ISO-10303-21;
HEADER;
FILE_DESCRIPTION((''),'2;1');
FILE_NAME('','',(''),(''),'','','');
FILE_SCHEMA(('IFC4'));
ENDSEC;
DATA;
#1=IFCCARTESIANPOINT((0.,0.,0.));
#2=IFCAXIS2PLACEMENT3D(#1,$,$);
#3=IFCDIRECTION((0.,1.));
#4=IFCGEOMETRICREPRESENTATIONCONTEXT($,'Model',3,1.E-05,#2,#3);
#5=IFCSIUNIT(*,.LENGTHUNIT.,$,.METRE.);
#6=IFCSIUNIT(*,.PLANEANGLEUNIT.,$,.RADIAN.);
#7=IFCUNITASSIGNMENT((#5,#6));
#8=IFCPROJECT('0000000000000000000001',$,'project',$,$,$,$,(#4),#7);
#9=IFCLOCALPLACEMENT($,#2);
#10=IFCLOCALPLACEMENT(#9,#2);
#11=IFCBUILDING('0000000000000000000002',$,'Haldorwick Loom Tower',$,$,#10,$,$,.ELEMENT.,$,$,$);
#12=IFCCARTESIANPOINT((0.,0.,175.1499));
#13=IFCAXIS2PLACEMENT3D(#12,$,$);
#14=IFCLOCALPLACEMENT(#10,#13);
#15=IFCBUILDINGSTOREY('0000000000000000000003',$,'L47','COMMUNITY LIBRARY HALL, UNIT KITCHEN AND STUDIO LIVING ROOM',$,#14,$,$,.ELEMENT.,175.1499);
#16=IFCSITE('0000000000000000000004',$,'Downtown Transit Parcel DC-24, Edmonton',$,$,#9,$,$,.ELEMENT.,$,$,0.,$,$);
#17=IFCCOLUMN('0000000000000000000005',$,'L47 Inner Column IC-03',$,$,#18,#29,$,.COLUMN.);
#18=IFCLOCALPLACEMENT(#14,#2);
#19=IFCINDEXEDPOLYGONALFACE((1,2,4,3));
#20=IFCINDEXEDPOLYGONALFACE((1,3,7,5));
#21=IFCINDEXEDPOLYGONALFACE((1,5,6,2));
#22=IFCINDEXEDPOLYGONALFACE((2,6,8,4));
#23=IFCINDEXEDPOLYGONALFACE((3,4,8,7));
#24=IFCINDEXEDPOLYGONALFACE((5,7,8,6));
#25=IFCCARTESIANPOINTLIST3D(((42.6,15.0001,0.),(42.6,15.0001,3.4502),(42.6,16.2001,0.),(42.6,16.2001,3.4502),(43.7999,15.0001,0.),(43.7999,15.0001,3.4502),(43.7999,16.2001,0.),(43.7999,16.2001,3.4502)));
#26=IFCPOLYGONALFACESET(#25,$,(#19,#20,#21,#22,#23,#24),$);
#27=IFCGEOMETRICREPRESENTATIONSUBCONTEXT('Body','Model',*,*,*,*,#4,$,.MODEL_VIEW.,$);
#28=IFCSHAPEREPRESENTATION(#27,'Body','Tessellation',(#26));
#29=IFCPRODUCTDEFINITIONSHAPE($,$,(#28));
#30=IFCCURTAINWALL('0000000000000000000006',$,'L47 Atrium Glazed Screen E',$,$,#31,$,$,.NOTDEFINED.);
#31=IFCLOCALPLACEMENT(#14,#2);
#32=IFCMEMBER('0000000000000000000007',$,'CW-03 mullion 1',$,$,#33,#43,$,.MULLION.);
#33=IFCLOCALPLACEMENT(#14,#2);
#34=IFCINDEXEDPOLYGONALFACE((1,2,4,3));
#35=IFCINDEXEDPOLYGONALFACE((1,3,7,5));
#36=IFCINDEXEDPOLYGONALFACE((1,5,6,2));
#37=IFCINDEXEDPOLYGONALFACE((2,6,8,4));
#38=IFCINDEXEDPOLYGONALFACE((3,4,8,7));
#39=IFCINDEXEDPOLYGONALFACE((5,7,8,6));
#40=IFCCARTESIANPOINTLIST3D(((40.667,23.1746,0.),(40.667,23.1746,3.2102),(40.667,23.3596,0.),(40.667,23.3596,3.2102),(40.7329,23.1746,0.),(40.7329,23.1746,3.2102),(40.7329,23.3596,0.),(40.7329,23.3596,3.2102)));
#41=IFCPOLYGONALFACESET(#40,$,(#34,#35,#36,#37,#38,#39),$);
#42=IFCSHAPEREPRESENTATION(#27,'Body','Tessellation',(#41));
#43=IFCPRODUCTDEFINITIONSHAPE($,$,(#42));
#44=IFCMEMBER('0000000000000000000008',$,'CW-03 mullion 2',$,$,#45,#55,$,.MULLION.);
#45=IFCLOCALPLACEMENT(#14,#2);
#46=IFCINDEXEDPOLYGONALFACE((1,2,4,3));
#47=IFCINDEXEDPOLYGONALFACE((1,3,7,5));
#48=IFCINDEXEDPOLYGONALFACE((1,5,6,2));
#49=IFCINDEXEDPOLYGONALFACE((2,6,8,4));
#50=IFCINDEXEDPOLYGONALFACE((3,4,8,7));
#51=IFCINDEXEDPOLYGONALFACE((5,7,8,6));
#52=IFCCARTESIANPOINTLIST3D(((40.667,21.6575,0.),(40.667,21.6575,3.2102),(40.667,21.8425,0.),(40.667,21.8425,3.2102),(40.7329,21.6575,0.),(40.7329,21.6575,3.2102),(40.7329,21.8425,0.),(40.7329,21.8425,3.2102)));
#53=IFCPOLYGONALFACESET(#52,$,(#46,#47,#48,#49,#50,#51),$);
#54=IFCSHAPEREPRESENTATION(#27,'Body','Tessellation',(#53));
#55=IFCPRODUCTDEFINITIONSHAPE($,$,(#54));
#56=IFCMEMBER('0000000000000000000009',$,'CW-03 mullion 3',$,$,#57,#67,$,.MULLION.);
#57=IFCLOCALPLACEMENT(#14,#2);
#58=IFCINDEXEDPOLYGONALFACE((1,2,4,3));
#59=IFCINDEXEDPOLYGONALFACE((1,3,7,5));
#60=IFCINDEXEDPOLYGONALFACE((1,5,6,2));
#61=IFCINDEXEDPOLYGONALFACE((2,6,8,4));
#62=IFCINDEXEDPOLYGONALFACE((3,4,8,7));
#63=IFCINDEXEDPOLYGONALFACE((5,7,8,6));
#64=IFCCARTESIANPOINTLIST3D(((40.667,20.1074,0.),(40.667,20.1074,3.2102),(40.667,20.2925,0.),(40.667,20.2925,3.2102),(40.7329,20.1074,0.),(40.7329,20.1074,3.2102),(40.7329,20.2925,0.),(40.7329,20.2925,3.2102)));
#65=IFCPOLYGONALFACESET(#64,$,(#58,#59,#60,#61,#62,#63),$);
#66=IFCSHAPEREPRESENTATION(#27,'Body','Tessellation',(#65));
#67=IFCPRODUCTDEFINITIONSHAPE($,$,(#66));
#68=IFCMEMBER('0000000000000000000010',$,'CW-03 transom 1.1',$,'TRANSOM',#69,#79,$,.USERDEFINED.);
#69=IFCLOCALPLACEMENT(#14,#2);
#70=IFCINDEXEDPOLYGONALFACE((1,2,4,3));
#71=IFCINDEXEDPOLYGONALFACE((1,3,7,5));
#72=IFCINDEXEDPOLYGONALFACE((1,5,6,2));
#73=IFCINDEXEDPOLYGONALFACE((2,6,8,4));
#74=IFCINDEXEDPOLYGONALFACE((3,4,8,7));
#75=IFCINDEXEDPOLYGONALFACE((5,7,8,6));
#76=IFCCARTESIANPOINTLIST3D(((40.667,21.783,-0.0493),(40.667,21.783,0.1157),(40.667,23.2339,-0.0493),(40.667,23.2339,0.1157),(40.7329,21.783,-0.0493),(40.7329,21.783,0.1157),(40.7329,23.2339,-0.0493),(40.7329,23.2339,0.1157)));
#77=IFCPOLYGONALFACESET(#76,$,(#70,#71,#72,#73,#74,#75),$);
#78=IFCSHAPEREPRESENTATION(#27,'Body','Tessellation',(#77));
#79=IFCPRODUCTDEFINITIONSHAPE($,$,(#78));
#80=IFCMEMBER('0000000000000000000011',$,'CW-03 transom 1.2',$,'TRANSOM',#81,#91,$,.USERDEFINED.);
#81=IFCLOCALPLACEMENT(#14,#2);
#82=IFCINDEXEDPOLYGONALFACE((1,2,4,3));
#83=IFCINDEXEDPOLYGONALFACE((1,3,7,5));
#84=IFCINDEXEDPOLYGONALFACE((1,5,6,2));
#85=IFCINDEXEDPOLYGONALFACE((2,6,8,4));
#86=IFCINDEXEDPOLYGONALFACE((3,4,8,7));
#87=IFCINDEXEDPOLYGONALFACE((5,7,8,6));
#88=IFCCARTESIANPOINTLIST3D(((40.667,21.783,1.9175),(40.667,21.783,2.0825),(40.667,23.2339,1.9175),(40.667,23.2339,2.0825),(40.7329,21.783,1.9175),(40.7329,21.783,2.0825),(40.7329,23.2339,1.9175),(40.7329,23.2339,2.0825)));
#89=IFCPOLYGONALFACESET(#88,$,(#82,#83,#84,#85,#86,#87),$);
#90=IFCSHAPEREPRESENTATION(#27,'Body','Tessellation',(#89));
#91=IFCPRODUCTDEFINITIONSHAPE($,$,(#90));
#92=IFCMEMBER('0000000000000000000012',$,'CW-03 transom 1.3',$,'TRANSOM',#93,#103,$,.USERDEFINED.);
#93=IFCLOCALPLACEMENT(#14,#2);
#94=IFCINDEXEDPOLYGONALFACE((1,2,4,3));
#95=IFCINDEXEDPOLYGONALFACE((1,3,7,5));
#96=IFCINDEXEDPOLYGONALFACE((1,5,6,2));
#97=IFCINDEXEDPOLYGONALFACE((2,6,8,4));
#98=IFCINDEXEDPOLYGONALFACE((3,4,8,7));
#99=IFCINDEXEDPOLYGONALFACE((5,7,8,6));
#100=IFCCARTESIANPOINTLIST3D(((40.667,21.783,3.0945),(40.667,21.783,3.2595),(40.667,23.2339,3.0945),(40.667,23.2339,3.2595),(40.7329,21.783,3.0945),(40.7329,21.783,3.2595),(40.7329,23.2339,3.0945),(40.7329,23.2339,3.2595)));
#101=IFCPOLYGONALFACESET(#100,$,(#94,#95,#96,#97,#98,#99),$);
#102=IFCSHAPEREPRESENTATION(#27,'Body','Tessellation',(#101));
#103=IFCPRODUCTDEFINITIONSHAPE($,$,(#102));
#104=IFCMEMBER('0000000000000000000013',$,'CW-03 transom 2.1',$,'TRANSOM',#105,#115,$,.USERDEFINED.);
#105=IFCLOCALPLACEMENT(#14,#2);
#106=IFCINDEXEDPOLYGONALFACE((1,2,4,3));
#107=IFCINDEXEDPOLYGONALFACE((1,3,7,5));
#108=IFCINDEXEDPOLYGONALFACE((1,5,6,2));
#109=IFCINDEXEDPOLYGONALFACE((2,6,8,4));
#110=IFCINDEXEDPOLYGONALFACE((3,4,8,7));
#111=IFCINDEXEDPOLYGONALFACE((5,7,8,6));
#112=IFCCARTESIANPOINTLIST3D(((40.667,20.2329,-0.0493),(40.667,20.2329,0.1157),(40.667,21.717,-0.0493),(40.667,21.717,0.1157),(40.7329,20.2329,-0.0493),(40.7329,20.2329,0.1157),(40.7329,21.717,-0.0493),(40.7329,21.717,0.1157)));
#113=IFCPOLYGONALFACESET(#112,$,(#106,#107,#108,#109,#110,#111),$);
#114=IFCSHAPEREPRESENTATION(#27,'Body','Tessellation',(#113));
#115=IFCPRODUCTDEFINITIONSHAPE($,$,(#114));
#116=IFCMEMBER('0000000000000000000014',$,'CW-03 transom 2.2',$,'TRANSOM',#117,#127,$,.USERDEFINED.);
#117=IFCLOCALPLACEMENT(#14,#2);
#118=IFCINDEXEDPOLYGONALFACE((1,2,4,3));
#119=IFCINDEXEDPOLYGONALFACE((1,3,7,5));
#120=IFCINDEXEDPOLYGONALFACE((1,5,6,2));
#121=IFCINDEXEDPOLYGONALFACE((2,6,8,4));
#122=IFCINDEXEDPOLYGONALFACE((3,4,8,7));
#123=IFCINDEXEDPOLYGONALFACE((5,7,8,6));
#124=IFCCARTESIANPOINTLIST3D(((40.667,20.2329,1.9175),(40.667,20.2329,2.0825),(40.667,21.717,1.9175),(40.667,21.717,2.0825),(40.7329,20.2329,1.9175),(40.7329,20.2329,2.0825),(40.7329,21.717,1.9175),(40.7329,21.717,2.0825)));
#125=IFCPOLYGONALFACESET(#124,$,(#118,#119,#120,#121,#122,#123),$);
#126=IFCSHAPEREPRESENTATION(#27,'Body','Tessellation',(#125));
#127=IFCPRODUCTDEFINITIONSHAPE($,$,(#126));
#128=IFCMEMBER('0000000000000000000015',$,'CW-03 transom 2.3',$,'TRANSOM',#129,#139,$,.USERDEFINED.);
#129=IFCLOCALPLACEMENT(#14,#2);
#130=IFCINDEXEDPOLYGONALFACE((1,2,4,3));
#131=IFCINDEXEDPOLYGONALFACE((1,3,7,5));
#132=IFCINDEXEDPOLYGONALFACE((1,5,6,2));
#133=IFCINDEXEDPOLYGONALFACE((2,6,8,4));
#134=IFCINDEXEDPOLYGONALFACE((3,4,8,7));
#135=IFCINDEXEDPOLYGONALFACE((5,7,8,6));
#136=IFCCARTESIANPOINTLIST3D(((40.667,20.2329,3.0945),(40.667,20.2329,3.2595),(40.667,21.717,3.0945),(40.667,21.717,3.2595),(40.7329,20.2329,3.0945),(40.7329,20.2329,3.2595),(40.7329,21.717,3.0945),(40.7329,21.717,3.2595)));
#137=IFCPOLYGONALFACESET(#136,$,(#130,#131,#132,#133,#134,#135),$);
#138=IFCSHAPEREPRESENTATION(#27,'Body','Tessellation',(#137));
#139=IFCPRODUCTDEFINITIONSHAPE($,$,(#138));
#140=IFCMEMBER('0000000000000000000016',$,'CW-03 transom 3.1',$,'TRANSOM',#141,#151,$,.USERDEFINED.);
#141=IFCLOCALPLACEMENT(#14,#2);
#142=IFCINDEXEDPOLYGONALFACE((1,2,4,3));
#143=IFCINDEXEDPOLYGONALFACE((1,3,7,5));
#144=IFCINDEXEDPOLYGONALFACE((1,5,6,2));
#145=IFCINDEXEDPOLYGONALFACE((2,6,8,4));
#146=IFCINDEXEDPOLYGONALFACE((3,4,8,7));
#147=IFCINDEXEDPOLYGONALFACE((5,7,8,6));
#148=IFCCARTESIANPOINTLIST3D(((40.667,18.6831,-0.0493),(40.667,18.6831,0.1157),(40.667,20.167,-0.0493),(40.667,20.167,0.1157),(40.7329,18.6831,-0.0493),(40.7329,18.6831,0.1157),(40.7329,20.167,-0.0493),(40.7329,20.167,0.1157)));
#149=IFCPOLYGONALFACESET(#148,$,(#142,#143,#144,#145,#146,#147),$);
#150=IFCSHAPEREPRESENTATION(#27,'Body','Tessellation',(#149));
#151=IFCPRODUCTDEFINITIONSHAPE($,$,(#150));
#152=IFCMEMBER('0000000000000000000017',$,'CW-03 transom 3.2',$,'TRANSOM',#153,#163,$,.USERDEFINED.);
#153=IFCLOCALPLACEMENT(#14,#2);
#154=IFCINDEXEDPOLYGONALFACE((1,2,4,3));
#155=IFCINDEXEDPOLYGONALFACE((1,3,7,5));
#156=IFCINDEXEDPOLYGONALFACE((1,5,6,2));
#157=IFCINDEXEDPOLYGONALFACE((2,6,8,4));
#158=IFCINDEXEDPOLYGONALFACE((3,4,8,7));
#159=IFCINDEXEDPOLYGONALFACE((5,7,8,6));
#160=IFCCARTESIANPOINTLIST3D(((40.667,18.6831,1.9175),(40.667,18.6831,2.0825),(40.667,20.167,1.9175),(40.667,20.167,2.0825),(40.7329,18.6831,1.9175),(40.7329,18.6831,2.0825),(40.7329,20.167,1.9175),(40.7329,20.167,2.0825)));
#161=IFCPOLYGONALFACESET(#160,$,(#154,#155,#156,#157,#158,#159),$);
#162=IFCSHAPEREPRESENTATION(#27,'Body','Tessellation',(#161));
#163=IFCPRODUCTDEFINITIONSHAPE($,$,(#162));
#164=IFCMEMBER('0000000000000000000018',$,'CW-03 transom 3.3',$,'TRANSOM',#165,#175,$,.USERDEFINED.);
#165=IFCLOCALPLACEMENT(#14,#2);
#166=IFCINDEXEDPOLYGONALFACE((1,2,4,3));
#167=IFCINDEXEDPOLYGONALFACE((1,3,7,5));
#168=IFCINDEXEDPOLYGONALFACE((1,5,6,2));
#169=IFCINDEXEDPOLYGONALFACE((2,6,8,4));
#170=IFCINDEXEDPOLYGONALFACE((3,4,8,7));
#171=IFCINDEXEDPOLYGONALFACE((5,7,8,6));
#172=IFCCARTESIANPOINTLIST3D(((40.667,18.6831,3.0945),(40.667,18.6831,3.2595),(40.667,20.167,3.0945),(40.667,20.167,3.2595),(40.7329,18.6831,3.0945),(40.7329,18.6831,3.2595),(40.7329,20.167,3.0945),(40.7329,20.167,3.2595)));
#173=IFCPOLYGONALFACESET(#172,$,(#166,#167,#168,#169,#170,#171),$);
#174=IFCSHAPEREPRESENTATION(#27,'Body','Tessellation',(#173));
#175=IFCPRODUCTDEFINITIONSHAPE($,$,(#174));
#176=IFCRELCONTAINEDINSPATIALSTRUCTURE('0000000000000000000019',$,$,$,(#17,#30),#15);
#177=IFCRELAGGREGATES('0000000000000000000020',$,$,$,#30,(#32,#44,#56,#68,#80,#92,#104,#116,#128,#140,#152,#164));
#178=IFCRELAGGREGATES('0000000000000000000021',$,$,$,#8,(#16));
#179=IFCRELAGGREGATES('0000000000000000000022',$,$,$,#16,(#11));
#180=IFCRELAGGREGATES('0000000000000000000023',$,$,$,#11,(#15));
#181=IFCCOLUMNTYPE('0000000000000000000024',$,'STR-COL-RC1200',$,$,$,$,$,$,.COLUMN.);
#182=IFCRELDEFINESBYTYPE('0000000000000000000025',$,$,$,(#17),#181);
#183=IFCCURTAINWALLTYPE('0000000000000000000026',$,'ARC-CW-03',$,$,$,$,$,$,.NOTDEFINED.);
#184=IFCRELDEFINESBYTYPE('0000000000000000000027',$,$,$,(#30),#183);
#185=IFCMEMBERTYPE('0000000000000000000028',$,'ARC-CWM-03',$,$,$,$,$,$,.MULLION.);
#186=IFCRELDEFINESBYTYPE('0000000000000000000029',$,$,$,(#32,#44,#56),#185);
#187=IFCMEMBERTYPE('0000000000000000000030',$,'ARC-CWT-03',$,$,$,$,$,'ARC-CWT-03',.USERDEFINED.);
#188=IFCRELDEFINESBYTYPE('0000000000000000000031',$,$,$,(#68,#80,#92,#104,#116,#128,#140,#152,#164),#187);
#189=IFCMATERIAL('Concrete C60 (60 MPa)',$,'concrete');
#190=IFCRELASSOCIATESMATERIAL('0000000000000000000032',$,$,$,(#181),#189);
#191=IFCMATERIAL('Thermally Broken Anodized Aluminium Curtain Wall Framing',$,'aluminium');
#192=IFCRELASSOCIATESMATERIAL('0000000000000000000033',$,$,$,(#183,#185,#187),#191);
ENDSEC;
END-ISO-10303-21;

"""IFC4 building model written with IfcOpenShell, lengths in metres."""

from ifc_helpers import new_model, si_unit, direction, frame, origin, origin_2d, place, context, subcontext, project, spatial, rectangle, extrude, material, material_profile, profile_set, type_object, element, aggregate, save


model = new_model("IFC4")

# Units and contexts
model_context = context("Model", 3, precision=1e-05, world=origin(), true_north=direction((0.0, 1.0)))
body_context = subcontext(model_context, "Body", "Model", "MODEL_VIEW")
ifc_project = project(units=[si_unit("LENGTHUNIT", "METRE"), si_unit("PLANEANGLEUNIT", "RADIAN")], contexts=[model_context])

# Site, building, storey
site_placement = place(None, origin())
site = spatial("IfcSite", under=ifc_project, at=site_placement, Name="Downtown Transit Parcel DC-24, Edmonton", CompositionType="ELEMENT", RefElevation=0.0)
building_placement = place(site_placement, origin())
building = spatial("IfcBuilding", under=site, at=building_placement, Name="Haldorwick Loom Tower", CompositionType="ELEMENT")
storey_placement = place(building_placement, frame((0.0, 0.0, 175.1499)))
storey = spatial("IfcBuildingStorey", under=building, at=storey_placement, Name="L47", Description="COMMUNITY LIBRARY HALL, UNIT KITCHEN AND STUDIO LIVING ROOM", CompositionType="ELEMENT", Elevation=175.1499)

# Column
ifc_material_1 = material(Name="Concrete C60 (60 MPa)", Category="concrete")
ifc_material_profile_1 = material_profile(ifc_material_1, rectangle(XDim=1.2, YDim=1.2, at=origin_2d()), Name="RC1200X1200", Category="concrete")
ifc_profile_set_1 = profile_set([ifc_material_profile_1], Name="Concrete C60 (60 MPa)")
column_type = type_object("IfcColumnType", Name="STR-COL-RC1200", PredefinedType="COLUMN", material=ifc_profile_set_1)
column_placement = place(storey_placement, frame((43.2, 15.6001, 0.0), z_axis=(0.0, 0.0, 1.0), x_axis=(1.0, 0.0, 0.0)))
element("IfcColumn", 1, at=column_placement, inside=storey, type_object=column_type, Name="L47 Inner Column IC-03", PredefinedType="COLUMN", context=body_context, shape_type="SweptSolid", body=[
    extrude(rectangle(XDim=1.2, YDim=1.2, at=origin_2d()), origin(), (0.0, 0.0, 1.0), 3.4502),
])

# Curtain wall, members
ifc_material_2 = material(Name="Thermally Broken Anodized Aluminium Curtain Wall Framing", Category="aluminium")
curtain_wall_type = type_object("IfcCurtainWallType", Name="ARC-CW-03", PredefinedType="NOTDEFINED", material=ifc_material_2)
curtain_wall_placement = place(storey_placement, origin())
curtain_wall = element("IfcCurtainWall", 2, at=curtain_wall_placement, inside=storey, type_object=curtain_wall_type, Name="L47 Atrium Glazed Screen E", PredefinedType="NOTDEFINED")
ifc_material_profile_2 = material_profile(ifc_material_2, rectangle(XDim=0.0659, YDim=0.1851, at=origin_2d()), Name="ALU_MUL_66X185", Category="aluminium")
ifc_profile_set_2 = profile_set([ifc_material_profile_2], Name="Thermally Broken Anodized Aluminium Curtain Wall Framing")
member_type_1 = type_object("IfcMemberType", Name="ARC-CWM-03", PredefinedType="MULLION", material=ifc_profile_set_2)
member_1_placement = place(storey_placement, frame((40.7, 23.2671, 0.0), z_axis=(0.0, 0.0, 1.0), x_axis=(1.0, 0.0, 0.0)))
member_1 = element("IfcMember", 3, at=member_1_placement, type_object=member_type_1, Name="CW-03 mullion 1", PredefinedType="MULLION", context=body_context, shape_type="SweptSolid", body=[
    extrude(rectangle(XDim=0.0659, YDim=0.1851, at=origin_2d()), origin(), (0.0, 0.0, 1.0), 3.2102),
])
member_2_placement = place(storey_placement, frame((40.7, 21.75, 0.0), z_axis=(0.0, 0.0, 1.0), x_axis=(1.0, 0.0, 0.0)))
member_2 = element("IfcMember", 4, at=member_2_placement, type_object=member_type_1, Name="CW-03 mullion 2", PredefinedType="MULLION", context=body_context, shape_type="SweptSolid", body=[
    extrude(rectangle(XDim=0.0659, YDim=0.1851, at=origin_2d()), origin(), (0.0, 0.0, 1.0), 3.2102),
])
member_3_placement = place(storey_placement, frame((40.7, 20.2, 0.0), z_axis=(0.0, 0.0, 1.0), x_axis=(1.0, 0.0, 0.0)))
member_3 = element("IfcMember", 5, at=member_3_placement, type_object=member_type_1, Name="CW-03 mullion 3", PredefinedType="MULLION", context=body_context, shape_type="SweptSolid", body=[
    extrude(rectangle(XDim=0.0659, YDim=0.1851, at=origin_2d()), origin(), (0.0, 0.0, 1.0), 3.2102),
])
ifc_material_profile_3 = material_profile(ifc_material_2, rectangle(XDim=0.0659, YDim=0.165, at=origin_2d()), Name="ALU_TRN_66X165", Category="aluminium")
ifc_profile_set_3 = profile_set([ifc_material_profile_3], Name="Thermally Broken Anodized Aluminium Curtain Wall Framing")
member_type_2 = type_object("IfcMemberType", Name="ARC-CWT-03", ElementType="ARC-CWT-03", PredefinedType="USERDEFINED", material=ifc_profile_set_3)
member_4_placement = place(storey_placement, frame((40.7, 23.2339, 0.0332), z_axis=(0.0, -1.0, 0.0), x_axis=(1.0, 0.0, 0.0)))
member_4 = element("IfcMember", 6, at=member_4_placement, type_object=member_type_2, Name="CW-03 transom 1.1", ObjectType="TRANSOM", PredefinedType="USERDEFINED", context=body_context, shape_type="SweptSolid", body=[
    extrude(rectangle(XDim=0.0659, YDim=0.165, at=origin_2d()), origin(), (0.0, 0.0, 1.0), 1.4509),
])
member_5_placement = place(storey_placement, frame((40.7, 23.2339, 2.0), z_axis=(0.0, -1.0, 0.0), x_axis=(1.0, 0.0, 0.0)))
member_5 = element("IfcMember", 7, at=member_5_placement, type_object=member_type_2, Name="CW-03 transom 1.2", ObjectType="TRANSOM", PredefinedType="USERDEFINED", context=body_context, shape_type="SweptSolid", body=[
    extrude(rectangle(XDim=0.0659, YDim=0.165, at=origin_2d()), origin(), (0.0, 0.0, 1.0), 1.4509),
])
member_6_placement = place(storey_placement, frame((40.7, 23.2339, 3.177), z_axis=(0.0, -1.0, 0.0), x_axis=(1.0, 0.0, 0.0)))
member_6 = element("IfcMember", 8, at=member_6_placement, type_object=member_type_2, Name="CW-03 transom 1.3", ObjectType="TRANSOM", PredefinedType="USERDEFINED", context=body_context, shape_type="SweptSolid", body=[
    extrude(rectangle(XDim=0.0659, YDim=0.165, at=origin_2d()), origin(), (0.0, 0.0, 1.0), 1.4509),
])
member_7_placement = place(storey_placement, frame((40.7, 21.717, 0.0332), z_axis=(0.0, -1.0, 0.0), x_axis=(1.0, 0.0, 0.0)))
member_7 = element("IfcMember", 9, at=member_7_placement, type_object=member_type_2, Name="CW-03 transom 2.1", ObjectType="TRANSOM", PredefinedType="USERDEFINED", context=body_context, shape_type="SweptSolid", body=[
    extrude(rectangle(XDim=0.0659, YDim=0.165, at=origin_2d()), origin(), (0.0, 0.0, 1.0), 1.4841),
])
member_8_placement = place(storey_placement, frame((40.7, 21.717, 2.0), z_axis=(0.0, -1.0, 0.0), x_axis=(1.0, 0.0, 0.0)))
member_8 = element("IfcMember", 10, at=member_8_placement, type_object=member_type_2, Name="CW-03 transom 2.2", ObjectType="TRANSOM", PredefinedType="USERDEFINED", context=body_context, shape_type="SweptSolid", body=[
    extrude(rectangle(XDim=0.0659, YDim=0.165, at=origin_2d()), origin(), (0.0, 0.0, 1.0), 1.4841),
])
member_9_placement = place(storey_placement, frame((40.7, 21.717, 3.177), z_axis=(0.0, -1.0, 0.0), x_axis=(1.0, 0.0, 0.0)))
member_9 = element("IfcMember", 11, at=member_9_placement, type_object=member_type_2, Name="CW-03 transom 2.3", ObjectType="TRANSOM", PredefinedType="USERDEFINED", context=body_context, shape_type="SweptSolid", body=[
    extrude(rectangle(XDim=0.0659, YDim=0.165, at=origin_2d()), origin(), (0.0, 0.0, 1.0), 1.4841),
])
member_10_placement = place(storey_placement, frame((40.7, 20.167, 0.0332), z_axis=(0.0, -1.0, 0.0), x_axis=(1.0, 0.0, 0.0)))
member_10 = element("IfcMember", 12, at=member_10_placement, type_object=member_type_2, Name="CW-03 transom 3.1", ObjectType="TRANSOM", PredefinedType="USERDEFINED", context=body_context, shape_type="SweptSolid", body=[
    extrude(rectangle(XDim=0.0659, YDim=0.165, at=origin_2d()), origin(), (0.0, 0.0, 1.0), 1.4839),
])
member_11_placement = place(storey_placement, frame((40.7, 20.167, 2.0), z_axis=(0.0, -1.0, 0.0), x_axis=(1.0, 0.0, 0.0)))
member_11 = element("IfcMember", 13, at=member_11_placement, type_object=member_type_2, Name="CW-03 transom 3.2", ObjectType="TRANSOM", PredefinedType="USERDEFINED", context=body_context, shape_type="SweptSolid", body=[
    extrude(rectangle(XDim=0.0659, YDim=0.165, at=origin_2d()), origin(), (0.0, 0.0, 1.0), 1.4839),
])
member_12_placement = place(storey_placement, frame((40.7, 20.167, 3.177), z_axis=(0.0, -1.0, 0.0), x_axis=(1.0, 0.0, 0.0)))
member_12 = element("IfcMember", 14, at=member_12_placement, type_object=member_type_2, Name="CW-03 transom 3.3", ObjectType="TRANSOM", PredefinedType="USERDEFINED", context=body_context, shape_type="SweptSolid", body=[
    extrude(rectangle(XDim=0.0659, YDim=0.165, at=origin_2d()), origin(), (0.0, 0.0, 1.0), 1.4839),
])

aggregate(curtain_wall, [member_1, member_2, member_3, member_4, member_5, member_6, member_7, member_8, member_9, member_10, member_11, member_12])

save(model, "model.ifc")
